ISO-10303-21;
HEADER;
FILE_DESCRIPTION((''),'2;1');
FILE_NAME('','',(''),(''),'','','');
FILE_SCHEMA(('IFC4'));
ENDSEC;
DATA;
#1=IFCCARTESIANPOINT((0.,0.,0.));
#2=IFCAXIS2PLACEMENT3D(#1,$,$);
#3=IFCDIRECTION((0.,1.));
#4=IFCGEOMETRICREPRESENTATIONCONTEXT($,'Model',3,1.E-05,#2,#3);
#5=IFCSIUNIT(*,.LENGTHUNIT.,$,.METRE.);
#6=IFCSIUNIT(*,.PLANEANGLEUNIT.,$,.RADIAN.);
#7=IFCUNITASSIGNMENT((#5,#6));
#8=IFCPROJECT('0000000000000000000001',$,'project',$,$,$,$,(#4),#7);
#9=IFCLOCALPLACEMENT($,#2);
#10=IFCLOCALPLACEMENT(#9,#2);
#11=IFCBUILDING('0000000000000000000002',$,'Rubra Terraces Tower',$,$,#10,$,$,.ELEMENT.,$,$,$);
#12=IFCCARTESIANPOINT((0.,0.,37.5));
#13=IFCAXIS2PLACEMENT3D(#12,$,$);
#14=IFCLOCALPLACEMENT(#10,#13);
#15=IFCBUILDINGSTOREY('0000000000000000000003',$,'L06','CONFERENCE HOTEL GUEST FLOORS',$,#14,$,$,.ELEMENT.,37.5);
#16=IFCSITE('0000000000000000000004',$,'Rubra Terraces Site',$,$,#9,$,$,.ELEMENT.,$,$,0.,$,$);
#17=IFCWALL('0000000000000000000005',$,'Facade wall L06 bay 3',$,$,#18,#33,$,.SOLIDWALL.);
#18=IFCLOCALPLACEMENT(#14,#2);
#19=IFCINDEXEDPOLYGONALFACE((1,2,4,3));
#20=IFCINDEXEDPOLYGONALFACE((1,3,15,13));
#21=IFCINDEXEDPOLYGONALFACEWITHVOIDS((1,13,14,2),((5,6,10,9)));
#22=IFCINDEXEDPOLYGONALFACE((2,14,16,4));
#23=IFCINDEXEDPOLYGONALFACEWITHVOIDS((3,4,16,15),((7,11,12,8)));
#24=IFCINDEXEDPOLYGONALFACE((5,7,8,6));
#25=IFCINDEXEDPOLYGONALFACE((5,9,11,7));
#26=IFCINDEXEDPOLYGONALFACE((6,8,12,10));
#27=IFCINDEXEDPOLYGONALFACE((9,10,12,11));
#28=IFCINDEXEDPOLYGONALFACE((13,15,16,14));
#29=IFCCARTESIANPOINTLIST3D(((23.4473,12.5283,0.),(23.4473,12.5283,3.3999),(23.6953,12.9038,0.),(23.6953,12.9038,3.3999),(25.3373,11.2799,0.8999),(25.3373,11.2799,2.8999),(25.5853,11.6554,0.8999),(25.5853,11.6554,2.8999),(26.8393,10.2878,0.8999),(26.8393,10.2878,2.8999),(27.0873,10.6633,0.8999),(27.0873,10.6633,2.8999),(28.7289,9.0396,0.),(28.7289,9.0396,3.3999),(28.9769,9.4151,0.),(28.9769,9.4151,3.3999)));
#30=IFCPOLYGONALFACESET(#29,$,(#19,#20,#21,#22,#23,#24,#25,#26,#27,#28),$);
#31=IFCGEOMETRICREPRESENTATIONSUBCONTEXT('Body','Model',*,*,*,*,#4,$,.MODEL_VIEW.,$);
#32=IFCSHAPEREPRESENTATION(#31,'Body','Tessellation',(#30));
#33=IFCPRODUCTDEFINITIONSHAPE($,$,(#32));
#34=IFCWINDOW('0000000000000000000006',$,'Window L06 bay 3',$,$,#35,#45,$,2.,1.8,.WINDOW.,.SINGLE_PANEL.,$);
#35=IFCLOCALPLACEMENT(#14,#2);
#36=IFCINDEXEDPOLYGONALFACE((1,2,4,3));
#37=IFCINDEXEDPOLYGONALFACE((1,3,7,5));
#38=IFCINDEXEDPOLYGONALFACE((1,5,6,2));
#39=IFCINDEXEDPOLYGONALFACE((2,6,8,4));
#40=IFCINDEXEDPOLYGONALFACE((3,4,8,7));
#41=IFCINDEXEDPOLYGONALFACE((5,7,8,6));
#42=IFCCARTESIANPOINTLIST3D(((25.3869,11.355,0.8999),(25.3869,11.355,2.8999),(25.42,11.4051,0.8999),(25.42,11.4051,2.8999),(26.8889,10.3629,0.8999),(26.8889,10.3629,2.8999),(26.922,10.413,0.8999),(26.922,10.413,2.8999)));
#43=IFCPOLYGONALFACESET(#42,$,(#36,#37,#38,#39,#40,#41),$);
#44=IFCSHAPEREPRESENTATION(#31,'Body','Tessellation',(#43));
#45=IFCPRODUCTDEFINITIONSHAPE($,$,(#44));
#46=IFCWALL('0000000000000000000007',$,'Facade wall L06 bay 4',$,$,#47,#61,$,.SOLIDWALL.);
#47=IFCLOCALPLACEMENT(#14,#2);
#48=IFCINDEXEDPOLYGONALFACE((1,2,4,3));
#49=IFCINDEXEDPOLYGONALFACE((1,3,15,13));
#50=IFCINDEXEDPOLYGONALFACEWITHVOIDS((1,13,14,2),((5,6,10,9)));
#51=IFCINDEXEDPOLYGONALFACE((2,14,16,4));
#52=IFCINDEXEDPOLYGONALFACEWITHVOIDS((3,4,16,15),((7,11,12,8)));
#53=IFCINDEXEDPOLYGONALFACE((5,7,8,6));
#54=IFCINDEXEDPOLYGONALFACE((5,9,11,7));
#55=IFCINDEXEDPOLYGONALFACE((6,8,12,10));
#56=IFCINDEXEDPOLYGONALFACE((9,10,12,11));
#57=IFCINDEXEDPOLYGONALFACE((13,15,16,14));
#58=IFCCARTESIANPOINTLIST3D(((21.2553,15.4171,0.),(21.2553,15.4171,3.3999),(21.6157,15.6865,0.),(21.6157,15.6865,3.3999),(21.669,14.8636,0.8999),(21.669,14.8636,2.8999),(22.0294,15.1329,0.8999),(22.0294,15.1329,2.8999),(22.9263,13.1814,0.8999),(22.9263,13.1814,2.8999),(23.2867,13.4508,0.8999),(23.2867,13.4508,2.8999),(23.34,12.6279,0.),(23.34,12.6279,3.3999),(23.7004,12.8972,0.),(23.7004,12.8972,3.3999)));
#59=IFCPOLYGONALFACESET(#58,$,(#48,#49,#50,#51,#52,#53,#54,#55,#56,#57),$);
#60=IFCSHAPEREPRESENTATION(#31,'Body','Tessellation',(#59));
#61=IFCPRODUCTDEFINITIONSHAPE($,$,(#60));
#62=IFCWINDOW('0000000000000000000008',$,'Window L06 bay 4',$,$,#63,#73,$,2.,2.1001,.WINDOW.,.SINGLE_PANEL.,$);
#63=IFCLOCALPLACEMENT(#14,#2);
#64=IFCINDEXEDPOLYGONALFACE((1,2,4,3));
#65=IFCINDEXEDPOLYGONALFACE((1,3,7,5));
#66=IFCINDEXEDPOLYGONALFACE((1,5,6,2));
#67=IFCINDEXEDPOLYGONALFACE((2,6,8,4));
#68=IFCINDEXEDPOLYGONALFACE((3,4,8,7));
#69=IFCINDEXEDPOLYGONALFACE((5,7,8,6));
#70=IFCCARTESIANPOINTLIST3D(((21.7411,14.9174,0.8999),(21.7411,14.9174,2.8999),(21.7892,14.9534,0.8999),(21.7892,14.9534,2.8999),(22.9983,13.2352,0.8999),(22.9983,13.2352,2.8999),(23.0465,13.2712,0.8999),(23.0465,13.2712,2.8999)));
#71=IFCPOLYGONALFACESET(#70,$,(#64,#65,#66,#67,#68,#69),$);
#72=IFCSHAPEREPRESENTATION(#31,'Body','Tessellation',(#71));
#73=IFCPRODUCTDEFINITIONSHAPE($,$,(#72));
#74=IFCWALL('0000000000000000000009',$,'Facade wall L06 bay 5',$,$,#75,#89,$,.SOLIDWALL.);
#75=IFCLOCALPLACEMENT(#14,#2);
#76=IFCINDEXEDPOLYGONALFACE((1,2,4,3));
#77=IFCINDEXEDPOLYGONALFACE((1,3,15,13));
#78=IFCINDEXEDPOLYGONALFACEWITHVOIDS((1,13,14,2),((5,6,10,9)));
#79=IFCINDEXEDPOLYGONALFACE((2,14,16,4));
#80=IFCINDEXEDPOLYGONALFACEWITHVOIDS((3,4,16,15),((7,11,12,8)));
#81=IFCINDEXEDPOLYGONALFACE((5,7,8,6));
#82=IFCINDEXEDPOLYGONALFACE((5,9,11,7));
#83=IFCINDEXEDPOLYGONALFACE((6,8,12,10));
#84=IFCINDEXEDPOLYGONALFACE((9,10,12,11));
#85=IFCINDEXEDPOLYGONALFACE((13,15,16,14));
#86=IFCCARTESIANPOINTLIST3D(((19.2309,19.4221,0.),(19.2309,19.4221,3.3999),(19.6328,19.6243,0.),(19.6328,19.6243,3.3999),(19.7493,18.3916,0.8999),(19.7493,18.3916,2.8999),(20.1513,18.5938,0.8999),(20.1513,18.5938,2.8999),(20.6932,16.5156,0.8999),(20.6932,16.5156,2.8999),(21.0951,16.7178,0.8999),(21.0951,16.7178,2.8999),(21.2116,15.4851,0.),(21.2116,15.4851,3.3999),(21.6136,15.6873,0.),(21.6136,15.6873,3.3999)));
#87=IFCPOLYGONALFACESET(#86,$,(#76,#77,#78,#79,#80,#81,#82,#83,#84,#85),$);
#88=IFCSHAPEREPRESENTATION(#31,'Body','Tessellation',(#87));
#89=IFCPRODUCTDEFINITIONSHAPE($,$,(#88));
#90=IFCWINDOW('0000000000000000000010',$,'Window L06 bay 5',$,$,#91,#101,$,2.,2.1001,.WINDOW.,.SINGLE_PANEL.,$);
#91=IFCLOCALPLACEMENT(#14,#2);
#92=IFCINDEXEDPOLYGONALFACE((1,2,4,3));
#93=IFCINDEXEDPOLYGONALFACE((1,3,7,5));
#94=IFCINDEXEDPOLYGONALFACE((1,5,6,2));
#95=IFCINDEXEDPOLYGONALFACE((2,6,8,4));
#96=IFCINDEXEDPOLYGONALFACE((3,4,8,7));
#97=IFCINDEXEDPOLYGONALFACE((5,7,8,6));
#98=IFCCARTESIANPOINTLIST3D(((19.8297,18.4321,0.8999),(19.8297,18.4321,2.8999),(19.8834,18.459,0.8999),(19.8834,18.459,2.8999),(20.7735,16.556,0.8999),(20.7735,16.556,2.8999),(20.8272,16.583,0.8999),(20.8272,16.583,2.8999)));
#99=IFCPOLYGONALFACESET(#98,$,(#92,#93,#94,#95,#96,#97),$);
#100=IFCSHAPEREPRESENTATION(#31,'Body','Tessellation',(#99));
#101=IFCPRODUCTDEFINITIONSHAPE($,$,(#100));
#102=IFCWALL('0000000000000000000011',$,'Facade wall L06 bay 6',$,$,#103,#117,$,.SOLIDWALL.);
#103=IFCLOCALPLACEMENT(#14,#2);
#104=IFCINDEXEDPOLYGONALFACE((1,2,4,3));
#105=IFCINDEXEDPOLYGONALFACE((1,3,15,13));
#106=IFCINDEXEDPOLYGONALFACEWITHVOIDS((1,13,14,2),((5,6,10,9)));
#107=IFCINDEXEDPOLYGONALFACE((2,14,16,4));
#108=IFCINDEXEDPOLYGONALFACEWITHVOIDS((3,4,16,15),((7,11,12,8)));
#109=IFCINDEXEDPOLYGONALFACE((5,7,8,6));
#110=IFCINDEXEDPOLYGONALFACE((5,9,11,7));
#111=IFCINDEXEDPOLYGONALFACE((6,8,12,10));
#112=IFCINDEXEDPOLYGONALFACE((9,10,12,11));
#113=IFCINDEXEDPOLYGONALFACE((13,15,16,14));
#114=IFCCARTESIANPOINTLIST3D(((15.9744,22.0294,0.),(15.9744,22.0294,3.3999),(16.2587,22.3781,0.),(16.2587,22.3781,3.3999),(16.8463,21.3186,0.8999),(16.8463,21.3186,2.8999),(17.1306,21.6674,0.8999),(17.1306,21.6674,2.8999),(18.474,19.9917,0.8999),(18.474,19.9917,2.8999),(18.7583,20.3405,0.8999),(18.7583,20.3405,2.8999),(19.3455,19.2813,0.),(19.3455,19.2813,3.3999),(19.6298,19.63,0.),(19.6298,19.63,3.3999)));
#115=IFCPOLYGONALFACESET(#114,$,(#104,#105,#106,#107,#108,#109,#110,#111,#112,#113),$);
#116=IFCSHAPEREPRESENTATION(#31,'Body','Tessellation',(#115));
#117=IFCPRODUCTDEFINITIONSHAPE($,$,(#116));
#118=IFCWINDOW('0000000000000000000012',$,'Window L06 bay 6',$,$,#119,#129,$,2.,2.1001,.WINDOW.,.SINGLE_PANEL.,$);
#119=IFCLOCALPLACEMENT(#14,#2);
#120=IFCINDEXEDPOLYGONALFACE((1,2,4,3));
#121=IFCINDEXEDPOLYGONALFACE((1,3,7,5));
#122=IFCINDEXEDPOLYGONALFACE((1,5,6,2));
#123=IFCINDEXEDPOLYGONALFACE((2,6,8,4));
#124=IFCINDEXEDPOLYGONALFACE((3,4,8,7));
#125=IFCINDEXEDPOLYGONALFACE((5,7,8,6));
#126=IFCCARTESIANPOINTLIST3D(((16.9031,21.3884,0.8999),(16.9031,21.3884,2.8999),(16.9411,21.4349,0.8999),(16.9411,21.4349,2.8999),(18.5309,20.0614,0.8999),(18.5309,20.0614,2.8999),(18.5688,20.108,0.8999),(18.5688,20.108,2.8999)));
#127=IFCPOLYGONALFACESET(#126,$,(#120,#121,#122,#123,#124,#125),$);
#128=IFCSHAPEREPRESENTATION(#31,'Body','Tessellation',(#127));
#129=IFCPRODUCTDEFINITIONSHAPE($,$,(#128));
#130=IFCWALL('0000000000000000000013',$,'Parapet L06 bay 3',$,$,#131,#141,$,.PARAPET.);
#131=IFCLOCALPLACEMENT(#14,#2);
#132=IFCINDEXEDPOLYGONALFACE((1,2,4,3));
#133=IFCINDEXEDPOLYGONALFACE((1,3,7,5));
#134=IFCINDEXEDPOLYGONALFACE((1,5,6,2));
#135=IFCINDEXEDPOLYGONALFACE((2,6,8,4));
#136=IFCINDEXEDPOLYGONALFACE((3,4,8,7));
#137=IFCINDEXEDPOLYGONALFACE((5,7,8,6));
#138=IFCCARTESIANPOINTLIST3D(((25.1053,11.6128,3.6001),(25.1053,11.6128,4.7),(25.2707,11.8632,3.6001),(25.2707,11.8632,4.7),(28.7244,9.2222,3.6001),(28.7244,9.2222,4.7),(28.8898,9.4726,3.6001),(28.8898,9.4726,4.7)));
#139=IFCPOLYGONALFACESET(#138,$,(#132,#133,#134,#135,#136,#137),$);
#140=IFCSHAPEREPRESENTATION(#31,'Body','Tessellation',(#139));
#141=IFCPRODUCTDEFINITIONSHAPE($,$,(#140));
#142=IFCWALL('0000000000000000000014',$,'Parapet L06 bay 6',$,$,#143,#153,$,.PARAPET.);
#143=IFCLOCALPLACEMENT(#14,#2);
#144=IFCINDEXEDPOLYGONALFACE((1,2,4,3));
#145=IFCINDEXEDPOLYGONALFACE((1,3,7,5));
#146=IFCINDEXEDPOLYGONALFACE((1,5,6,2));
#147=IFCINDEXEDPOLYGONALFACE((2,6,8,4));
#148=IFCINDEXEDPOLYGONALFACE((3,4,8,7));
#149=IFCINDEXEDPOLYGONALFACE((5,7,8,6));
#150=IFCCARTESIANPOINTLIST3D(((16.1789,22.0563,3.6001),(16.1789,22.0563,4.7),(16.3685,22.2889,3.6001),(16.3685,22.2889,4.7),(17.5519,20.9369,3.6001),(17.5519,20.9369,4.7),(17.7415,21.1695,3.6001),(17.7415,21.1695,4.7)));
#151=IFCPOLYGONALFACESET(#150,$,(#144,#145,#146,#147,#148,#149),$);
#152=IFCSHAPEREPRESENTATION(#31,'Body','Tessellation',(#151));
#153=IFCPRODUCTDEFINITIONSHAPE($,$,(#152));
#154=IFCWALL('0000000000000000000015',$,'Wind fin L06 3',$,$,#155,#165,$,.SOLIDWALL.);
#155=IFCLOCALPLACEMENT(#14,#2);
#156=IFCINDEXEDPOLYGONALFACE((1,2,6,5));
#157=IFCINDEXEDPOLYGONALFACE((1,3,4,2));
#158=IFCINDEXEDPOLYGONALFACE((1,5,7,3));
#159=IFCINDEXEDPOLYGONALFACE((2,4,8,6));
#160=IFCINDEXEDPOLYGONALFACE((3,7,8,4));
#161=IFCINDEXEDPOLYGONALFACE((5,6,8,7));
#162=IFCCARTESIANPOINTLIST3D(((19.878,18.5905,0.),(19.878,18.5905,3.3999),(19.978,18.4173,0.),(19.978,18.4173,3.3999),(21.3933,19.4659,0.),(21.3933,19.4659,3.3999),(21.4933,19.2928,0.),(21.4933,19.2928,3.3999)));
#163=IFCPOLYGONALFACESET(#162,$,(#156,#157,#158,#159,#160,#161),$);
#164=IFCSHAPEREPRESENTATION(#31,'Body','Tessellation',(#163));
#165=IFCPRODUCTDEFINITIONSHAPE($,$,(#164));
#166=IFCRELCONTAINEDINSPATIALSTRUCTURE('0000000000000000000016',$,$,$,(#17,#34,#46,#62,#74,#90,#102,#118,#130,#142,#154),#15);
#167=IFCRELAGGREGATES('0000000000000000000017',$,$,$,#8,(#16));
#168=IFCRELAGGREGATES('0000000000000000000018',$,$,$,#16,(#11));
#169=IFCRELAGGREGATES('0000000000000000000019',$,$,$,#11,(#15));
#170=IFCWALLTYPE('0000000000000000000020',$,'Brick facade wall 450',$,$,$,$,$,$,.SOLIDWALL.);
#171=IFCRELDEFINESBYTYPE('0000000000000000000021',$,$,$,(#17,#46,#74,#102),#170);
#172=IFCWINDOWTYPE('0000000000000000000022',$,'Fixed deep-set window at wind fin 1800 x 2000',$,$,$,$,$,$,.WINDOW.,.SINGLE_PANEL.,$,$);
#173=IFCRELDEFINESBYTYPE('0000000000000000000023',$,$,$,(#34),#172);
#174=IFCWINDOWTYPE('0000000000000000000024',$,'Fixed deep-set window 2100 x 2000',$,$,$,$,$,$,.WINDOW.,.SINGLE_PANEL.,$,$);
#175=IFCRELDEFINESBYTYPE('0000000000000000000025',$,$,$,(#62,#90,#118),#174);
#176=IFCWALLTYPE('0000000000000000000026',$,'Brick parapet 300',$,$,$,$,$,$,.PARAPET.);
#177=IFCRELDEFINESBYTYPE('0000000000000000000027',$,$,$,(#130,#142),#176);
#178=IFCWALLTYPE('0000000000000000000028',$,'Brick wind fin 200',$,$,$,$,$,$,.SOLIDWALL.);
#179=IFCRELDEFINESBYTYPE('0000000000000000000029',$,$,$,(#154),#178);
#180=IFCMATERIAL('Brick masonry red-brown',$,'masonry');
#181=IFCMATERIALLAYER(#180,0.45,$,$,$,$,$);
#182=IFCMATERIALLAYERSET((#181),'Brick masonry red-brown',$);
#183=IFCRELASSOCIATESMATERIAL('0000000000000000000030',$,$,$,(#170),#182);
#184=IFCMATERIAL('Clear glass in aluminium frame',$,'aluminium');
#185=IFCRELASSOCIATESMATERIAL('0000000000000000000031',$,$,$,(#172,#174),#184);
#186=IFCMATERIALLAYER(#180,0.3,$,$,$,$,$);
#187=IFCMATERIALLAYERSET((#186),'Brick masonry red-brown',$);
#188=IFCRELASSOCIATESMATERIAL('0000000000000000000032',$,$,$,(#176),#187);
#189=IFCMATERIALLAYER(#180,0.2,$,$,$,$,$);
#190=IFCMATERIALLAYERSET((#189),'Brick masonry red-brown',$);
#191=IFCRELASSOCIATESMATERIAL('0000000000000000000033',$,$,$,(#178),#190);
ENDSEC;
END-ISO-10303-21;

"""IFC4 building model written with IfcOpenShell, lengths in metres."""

from ifc_helpers import new_model, si_unit, direction, frame, frame_2d, origin, place, context, subcontext, project, spatial, rectangle, extrude, material, layer, layer_set, type_object, element, fill, save


model = new_model("IFC4")

# Units and contexts
model_context = context("Model", 3, precision=1e-05, world=origin(), true_north=direction((0.0, 1.0)))
body_context = subcontext(model_context, "Body", "Model", "MODEL_VIEW")
ifc_project = project(units=[si_unit("LENGTHUNIT", "METRE"), si_unit("PLANEANGLEUNIT", "RADIAN")], contexts=[model_context])

# Site, building, storey
site_placement = place(None, origin())
site = spatial("IfcSite", under=ifc_project, at=site_placement, Name="Rubra Terraces Site", CompositionType="ELEMENT", RefElevation=0.0)
building_placement = place(site_placement, origin())
building = spatial("IfcBuilding", under=site, at=building_placement, Name="Rubra Terraces Tower", CompositionType="ELEMENT")
storey_placement = place(building_placement, frame((0.0, 0.0, 37.5)))
storey = spatial("IfcBuildingStorey", under=building, at=storey_placement, Name="L06", Description="CONFERENCE HOTEL GUEST FLOORS", CompositionType="ELEMENT", Elevation=37.5)

# Walls, openings, windows
ifc_material_1 = material(Name="Brick masonry red-brown", Category="masonry")
ifc_layer_1 = layer(ifc_material_1, 0.45)
ifc_layer_set_1 = layer_set([ifc_layer_1], Name="Brick masonry red-brown")
wall_type_1 = type_object("IfcWallType", Name="Brick facade wall 450", PredefinedType="SOLIDWALL", material=ifc_layer_set_1)
wall_1_placement = place(storey_placement, frame((28.853, 9.2273, 0.0), z_axis=(0.0, 0.0, 1.0), x_axis=(-0.834404, 0.551153, 0.0)))
wall_1 = element("IfcWall", 1, at=wall_1_placement, inside=storey, type_object=wall_type_1, Name="Facade wall L06 bay 3", PredefinedType="SOLIDWALL", context=body_context, shape_type="SweptSolid", body=[
    extrude(rectangle(XDim=6.3298, YDim=0.45, at=frame_2d((3.165, 0.0))), origin(), (0.0, 0.0, 1.0), 3.3999),
])
opening_1_placement = place(wall_1_placement, frame((2.2649, 0.0, 0.8999)))
opening_1 = element("IfcOpeningElement", 2, at=opening_1_placement, cuts=wall_1, PredefinedType="OPENING", context=body_context, shape_type="SweptSolid", body=[
    extrude(rectangle(XDim=1.8, YDim=2.0, at=frame_2d((0.8999, 1.0))), frame((0.0, 0.2349, 0.0), z_axis=(0.0, -1.0, 0.0), x_axis=(1.0, 0.0, 0.0)), (0.0, 0.0, 1.0), 0.47),
])
ifc_material_2 = material(Name="Clear glass in aluminium frame", Category="aluminium")
window_type_1 = type_object("IfcWindowType", Name="Fixed deep-set window at wind fin 1800 x 2000", PartitioningType="SINGLE_PANEL", PredefinedType="WINDOW", material=ifc_material_2)
window_1_placement = place(opening_1_placement, origin())
window_1 = element("IfcWindow", 3, at=window_1_placement, inside=storey, type_object=window_type_1, Name="Window L06 bay 3", OverallHeight=2.0, OverallWidth=1.8, PartitioningType="SINGLE_PANEL", PredefinedType="WINDOW", context=body_context, shape_type="SweptSolid", body=[
    extrude(rectangle(XDim=1.8, YDim=2.0, at=frame_2d((0.8999, 1.0))), frame((0.0, 0.135, 0.0), z_axis=(0.0, -1.0, 0.0), x_axis=(1.0, 0.0, 0.0)), (0.0, 0.0, 1.0), 0.0601),
])
fill(opening_1, window_1)
wall_2_placement = place(storey_placement, frame((23.5203, 12.7625, 0.0), z_axis=(0.0, 0.0, 1.0), x_axis=(-0.598664, 0.801, 0.0)))
wall_2 = element("IfcWall", 4, at=wall_2_placement, inside=storey, type_object=wall_type_1, Name="Facade wall L06 bay 4", PredefinedType="SOLIDWALL", context=body_context, shape_type="SweptSolid", body=[
    extrude(rectangle(XDim=3.4822, YDim=0.45, at=frame_2d((1.7412, 0.0))), origin(), (0.0, 0.0, 1.0), 3.3999),
])
opening_2_placement = place(wall_2_placement, frame((0.6912, 0.0, 0.8999)))
opening_2 = element("IfcOpeningElement", 5, at=opening_2_placement, cuts=wall_2, PredefinedType="OPENING", context=body_context, shape_type="SweptSolid", body=[
    extrude(rectangle(XDim=2.1001, YDim=2.0, at=frame_2d((1.05, 1.0))), frame((0.0, 0.2349, 0.0), z_axis=(0.0, -1.0, 0.0), x_axis=(1.0, 0.0, 0.0)), (0.0, 0.0, 1.0), 0.47),
])
window_type_2 = type_object("IfcWindowType", Name="Fixed deep-set window 2100 x 2000", PartitioningType="SINGLE_PANEL", PredefinedType="WINDOW", material=ifc_material_2)
window_2_placement = place(opening_2_placement, origin())
window_2 = element("IfcWindow", 6, at=window_2_placement, inside=storey, type_object=window_type_2, Name="Window L06 bay 4", OverallHeight=2.0, OverallWidth=2.1001, PartitioningType="SINGLE_PANEL", PredefinedType="WINDOW", context=body_context, shape_type="SweptSolid", body=[
    extrude(rectangle(XDim=2.1001, YDim=2.0, at=frame_2d((1.05, 1.0))), frame((0.0, 0.135, 0.0), z_axis=(0.0, -1.0, 0.0), x_axis=(1.0, 0.0, 0.0)), (0.0, 0.0, 1.0), 0.0601),
])
fill(opening_2, window_2)
wall_3_placement = place(storey_placement, frame((21.4126, 15.5862, 0.0), z_axis=(0.0, 0.0, 1.0), x_axis=(-0.449428, 0.893317, 0.0)))
wall_3 = element("IfcWall", 7, at=wall_3_placement, inside=storey, type_object=wall_type_1, Name="Facade wall L06 bay 5", PredefinedType="SOLIDWALL", context=body_context, shape_type="SweptSolid", body=[
    extrude(rectangle(XDim=4.4072, YDim=0.45, at=frame_2d((2.2036, 0.0))), origin(), (0.0, 0.0, 1.0), 3.3999),
])
opening_3_placement = place(wall_3_placement, frame((1.1536, 0.0, 0.8999)))
opening_3 = element("IfcOpeningElement", 8, at=opening_3_placement, cuts=wall_3, PredefinedType="OPENING", context=body_context, shape_type="SweptSolid", body=[
    extrude(rectangle(XDim=2.1001, YDim=2.0, at=frame_2d((1.05, 1.0))), frame((0.0, 0.2349, 0.0), z_axis=(0.0, -1.0, 0.0), x_axis=(1.0, 0.0, 0.0)), (0.0, 0.0, 1.0), 0.47),
])
window_3_placement = place(opening_3_placement, origin())
window_3 = element("IfcWindow", 9, at=window_3_placement, inside=storey, type_object=window_type_2, Name="Window L06 bay 5", OverallHeight=2.0, OverallWidth=2.1001, PartitioningType="SINGLE_PANEL", PredefinedType="WINDOW", context=body_context, shape_type="SweptSolid", body=[
    extrude(rectangle(XDim=2.1001, YDim=2.0, at=frame_2d((1.05, 1.0))), frame((0.0, 0.135, 0.0), z_axis=(0.0, -1.0, 0.0), x_axis=(1.0, 0.0, 0.0)), (0.0, 0.0, 1.0), 0.0601),
])
fill(opening_3, window_3)
wall_4_placement = place(storey_placement, frame((19.4878, 19.4556, 0.0), z_axis=(0.0, 0.0, 1.0), x_axis=(-0.775097, 0.631843, 0.0)))
wall_4 = element("IfcWall", 10, at=wall_4_placement, inside=storey, type_object=wall_type_1, Name="Facade wall L06 bay 6", PredefinedType="SOLIDWALL", context=body_context, shape_type="SweptSolid", body=[
    extrude(rectangle(XDim=4.3494, YDim=0.45, at=frame_2d((2.1748, 0.0))), origin(), (0.0, 0.0, 1.0), 3.3999),
])
opening_4_placement = place(wall_4_placement, frame((1.1245, 0.0, 0.8999)))
opening_4 = element("IfcOpeningElement", 11, at=opening_4_placement, cuts=wall_4, PredefinedType="OPENING", context=body_context, shape_type="SweptSolid", body=[
    extrude(rectangle(XDim=2.1001, YDim=2.0, at=frame_2d((1.05, 1.0))), frame((0.0, 0.2349, 0.0), z_axis=(0.0, -1.0, 0.0), x_axis=(1.0, 0.0, 0.0)), (0.0, 0.0, 1.0), 0.47),
])
window_4_placement = place(opening_4_placement, origin())
window_4 = element("IfcWindow", 12, at=window_4_placement, inside=storey, type_object=window_type_2, Name="Window L06 bay 6", OverallHeight=2.0, OverallWidth=2.1001, PartitioningType="SINGLE_PANEL", PredefinedType="WINDOW", context=body_context, shape_type="SweptSolid", body=[
    extrude(rectangle(XDim=2.1001, YDim=2.0, at=frame_2d((1.05, 1.0))), frame((0.0, 0.135, 0.0), z_axis=(0.0, -1.0, 0.0), x_axis=(1.0, 0.0, 0.0)), (0.0, 0.0, 1.0), 0.0601),
])
fill(opening_4, window_4)

# Walls
ifc_layer_2 = layer(ifc_material_1, 0.3)
ifc_layer_set_2 = layer_set([ifc_layer_2], Name="Brick masonry red-brown")
wall_type_2 = type_object("IfcWallType", Name="Brick parapet 300", PredefinedType="PARAPET", material=ifc_layer_set_2)
wall_5_placement = place(storey_placement, frame((28.8071, 9.3474, 3.6001), z_axis=(0.0, 0.0, 1.0), x_axis=(-0.834398, 0.551162, 0.0)))
element("IfcWall", 13, at=wall_5_placement, inside=storey, type_object=wall_type_2, Name="Parapet L06 bay 3", PredefinedType="PARAPET", context=body_context, shape_type="SweptSolid", body=[
    extrude(rectangle(XDim=4.3374, YDim=0.3, at=frame_2d((2.1687, 0.0))), origin(), (0.0, 0.0, 1.0), 1.0999),
])
wall_6_placement = place(storey_placement, frame((17.6467, 21.0532, 3.6001), z_axis=(0.0, 0.0, 1.0), x_axis=(-0.775067, 0.631878, 0.0)))
element("IfcWall", 14, at=wall_6_placement, inside=storey, type_object=wall_type_2, Name="Parapet L06 bay 6", PredefinedType="PARAPET", context=body_context, shape_type="SweptSolid", body=[
    extrude(rectangle(XDim=1.7715, YDim=0.3, at=frame_2d((0.8857, 0.0))), origin(), (0.0, 0.0, 1.0), 1.0999),
])
ifc_layer_3 = layer(ifc_material_1, 0.2)
ifc_layer_set_3 = layer_set([ifc_layer_3], Name="Brick masonry red-brown")
wall_type_3 = type_object("IfcWallType", Name="Brick wind fin 200", PredefinedType="SOLIDWALL", material=ifc_layer_set_3)
wall_7_placement = place(storey_placement, frame((19.928, 18.5039, 0.0), z_axis=(0.0, 0.0, 1.0), x_axis=(0.865881, 0.50025, 0.0)))
element("IfcWall", 15, at=wall_7_placement, inside=storey, type_object=wall_type_3, Name="Wind fin L06 3", PredefinedType="SOLIDWALL", context=body_context, shape_type="SweptSolid", body=[
    extrude(rectangle(XDim=1.75, YDim=0.2, at=frame_2d((0.875, 0.0))), origin(), (0.0, 0.0, 1.0), 3.3999),
])

save(model, "model.ifc")
